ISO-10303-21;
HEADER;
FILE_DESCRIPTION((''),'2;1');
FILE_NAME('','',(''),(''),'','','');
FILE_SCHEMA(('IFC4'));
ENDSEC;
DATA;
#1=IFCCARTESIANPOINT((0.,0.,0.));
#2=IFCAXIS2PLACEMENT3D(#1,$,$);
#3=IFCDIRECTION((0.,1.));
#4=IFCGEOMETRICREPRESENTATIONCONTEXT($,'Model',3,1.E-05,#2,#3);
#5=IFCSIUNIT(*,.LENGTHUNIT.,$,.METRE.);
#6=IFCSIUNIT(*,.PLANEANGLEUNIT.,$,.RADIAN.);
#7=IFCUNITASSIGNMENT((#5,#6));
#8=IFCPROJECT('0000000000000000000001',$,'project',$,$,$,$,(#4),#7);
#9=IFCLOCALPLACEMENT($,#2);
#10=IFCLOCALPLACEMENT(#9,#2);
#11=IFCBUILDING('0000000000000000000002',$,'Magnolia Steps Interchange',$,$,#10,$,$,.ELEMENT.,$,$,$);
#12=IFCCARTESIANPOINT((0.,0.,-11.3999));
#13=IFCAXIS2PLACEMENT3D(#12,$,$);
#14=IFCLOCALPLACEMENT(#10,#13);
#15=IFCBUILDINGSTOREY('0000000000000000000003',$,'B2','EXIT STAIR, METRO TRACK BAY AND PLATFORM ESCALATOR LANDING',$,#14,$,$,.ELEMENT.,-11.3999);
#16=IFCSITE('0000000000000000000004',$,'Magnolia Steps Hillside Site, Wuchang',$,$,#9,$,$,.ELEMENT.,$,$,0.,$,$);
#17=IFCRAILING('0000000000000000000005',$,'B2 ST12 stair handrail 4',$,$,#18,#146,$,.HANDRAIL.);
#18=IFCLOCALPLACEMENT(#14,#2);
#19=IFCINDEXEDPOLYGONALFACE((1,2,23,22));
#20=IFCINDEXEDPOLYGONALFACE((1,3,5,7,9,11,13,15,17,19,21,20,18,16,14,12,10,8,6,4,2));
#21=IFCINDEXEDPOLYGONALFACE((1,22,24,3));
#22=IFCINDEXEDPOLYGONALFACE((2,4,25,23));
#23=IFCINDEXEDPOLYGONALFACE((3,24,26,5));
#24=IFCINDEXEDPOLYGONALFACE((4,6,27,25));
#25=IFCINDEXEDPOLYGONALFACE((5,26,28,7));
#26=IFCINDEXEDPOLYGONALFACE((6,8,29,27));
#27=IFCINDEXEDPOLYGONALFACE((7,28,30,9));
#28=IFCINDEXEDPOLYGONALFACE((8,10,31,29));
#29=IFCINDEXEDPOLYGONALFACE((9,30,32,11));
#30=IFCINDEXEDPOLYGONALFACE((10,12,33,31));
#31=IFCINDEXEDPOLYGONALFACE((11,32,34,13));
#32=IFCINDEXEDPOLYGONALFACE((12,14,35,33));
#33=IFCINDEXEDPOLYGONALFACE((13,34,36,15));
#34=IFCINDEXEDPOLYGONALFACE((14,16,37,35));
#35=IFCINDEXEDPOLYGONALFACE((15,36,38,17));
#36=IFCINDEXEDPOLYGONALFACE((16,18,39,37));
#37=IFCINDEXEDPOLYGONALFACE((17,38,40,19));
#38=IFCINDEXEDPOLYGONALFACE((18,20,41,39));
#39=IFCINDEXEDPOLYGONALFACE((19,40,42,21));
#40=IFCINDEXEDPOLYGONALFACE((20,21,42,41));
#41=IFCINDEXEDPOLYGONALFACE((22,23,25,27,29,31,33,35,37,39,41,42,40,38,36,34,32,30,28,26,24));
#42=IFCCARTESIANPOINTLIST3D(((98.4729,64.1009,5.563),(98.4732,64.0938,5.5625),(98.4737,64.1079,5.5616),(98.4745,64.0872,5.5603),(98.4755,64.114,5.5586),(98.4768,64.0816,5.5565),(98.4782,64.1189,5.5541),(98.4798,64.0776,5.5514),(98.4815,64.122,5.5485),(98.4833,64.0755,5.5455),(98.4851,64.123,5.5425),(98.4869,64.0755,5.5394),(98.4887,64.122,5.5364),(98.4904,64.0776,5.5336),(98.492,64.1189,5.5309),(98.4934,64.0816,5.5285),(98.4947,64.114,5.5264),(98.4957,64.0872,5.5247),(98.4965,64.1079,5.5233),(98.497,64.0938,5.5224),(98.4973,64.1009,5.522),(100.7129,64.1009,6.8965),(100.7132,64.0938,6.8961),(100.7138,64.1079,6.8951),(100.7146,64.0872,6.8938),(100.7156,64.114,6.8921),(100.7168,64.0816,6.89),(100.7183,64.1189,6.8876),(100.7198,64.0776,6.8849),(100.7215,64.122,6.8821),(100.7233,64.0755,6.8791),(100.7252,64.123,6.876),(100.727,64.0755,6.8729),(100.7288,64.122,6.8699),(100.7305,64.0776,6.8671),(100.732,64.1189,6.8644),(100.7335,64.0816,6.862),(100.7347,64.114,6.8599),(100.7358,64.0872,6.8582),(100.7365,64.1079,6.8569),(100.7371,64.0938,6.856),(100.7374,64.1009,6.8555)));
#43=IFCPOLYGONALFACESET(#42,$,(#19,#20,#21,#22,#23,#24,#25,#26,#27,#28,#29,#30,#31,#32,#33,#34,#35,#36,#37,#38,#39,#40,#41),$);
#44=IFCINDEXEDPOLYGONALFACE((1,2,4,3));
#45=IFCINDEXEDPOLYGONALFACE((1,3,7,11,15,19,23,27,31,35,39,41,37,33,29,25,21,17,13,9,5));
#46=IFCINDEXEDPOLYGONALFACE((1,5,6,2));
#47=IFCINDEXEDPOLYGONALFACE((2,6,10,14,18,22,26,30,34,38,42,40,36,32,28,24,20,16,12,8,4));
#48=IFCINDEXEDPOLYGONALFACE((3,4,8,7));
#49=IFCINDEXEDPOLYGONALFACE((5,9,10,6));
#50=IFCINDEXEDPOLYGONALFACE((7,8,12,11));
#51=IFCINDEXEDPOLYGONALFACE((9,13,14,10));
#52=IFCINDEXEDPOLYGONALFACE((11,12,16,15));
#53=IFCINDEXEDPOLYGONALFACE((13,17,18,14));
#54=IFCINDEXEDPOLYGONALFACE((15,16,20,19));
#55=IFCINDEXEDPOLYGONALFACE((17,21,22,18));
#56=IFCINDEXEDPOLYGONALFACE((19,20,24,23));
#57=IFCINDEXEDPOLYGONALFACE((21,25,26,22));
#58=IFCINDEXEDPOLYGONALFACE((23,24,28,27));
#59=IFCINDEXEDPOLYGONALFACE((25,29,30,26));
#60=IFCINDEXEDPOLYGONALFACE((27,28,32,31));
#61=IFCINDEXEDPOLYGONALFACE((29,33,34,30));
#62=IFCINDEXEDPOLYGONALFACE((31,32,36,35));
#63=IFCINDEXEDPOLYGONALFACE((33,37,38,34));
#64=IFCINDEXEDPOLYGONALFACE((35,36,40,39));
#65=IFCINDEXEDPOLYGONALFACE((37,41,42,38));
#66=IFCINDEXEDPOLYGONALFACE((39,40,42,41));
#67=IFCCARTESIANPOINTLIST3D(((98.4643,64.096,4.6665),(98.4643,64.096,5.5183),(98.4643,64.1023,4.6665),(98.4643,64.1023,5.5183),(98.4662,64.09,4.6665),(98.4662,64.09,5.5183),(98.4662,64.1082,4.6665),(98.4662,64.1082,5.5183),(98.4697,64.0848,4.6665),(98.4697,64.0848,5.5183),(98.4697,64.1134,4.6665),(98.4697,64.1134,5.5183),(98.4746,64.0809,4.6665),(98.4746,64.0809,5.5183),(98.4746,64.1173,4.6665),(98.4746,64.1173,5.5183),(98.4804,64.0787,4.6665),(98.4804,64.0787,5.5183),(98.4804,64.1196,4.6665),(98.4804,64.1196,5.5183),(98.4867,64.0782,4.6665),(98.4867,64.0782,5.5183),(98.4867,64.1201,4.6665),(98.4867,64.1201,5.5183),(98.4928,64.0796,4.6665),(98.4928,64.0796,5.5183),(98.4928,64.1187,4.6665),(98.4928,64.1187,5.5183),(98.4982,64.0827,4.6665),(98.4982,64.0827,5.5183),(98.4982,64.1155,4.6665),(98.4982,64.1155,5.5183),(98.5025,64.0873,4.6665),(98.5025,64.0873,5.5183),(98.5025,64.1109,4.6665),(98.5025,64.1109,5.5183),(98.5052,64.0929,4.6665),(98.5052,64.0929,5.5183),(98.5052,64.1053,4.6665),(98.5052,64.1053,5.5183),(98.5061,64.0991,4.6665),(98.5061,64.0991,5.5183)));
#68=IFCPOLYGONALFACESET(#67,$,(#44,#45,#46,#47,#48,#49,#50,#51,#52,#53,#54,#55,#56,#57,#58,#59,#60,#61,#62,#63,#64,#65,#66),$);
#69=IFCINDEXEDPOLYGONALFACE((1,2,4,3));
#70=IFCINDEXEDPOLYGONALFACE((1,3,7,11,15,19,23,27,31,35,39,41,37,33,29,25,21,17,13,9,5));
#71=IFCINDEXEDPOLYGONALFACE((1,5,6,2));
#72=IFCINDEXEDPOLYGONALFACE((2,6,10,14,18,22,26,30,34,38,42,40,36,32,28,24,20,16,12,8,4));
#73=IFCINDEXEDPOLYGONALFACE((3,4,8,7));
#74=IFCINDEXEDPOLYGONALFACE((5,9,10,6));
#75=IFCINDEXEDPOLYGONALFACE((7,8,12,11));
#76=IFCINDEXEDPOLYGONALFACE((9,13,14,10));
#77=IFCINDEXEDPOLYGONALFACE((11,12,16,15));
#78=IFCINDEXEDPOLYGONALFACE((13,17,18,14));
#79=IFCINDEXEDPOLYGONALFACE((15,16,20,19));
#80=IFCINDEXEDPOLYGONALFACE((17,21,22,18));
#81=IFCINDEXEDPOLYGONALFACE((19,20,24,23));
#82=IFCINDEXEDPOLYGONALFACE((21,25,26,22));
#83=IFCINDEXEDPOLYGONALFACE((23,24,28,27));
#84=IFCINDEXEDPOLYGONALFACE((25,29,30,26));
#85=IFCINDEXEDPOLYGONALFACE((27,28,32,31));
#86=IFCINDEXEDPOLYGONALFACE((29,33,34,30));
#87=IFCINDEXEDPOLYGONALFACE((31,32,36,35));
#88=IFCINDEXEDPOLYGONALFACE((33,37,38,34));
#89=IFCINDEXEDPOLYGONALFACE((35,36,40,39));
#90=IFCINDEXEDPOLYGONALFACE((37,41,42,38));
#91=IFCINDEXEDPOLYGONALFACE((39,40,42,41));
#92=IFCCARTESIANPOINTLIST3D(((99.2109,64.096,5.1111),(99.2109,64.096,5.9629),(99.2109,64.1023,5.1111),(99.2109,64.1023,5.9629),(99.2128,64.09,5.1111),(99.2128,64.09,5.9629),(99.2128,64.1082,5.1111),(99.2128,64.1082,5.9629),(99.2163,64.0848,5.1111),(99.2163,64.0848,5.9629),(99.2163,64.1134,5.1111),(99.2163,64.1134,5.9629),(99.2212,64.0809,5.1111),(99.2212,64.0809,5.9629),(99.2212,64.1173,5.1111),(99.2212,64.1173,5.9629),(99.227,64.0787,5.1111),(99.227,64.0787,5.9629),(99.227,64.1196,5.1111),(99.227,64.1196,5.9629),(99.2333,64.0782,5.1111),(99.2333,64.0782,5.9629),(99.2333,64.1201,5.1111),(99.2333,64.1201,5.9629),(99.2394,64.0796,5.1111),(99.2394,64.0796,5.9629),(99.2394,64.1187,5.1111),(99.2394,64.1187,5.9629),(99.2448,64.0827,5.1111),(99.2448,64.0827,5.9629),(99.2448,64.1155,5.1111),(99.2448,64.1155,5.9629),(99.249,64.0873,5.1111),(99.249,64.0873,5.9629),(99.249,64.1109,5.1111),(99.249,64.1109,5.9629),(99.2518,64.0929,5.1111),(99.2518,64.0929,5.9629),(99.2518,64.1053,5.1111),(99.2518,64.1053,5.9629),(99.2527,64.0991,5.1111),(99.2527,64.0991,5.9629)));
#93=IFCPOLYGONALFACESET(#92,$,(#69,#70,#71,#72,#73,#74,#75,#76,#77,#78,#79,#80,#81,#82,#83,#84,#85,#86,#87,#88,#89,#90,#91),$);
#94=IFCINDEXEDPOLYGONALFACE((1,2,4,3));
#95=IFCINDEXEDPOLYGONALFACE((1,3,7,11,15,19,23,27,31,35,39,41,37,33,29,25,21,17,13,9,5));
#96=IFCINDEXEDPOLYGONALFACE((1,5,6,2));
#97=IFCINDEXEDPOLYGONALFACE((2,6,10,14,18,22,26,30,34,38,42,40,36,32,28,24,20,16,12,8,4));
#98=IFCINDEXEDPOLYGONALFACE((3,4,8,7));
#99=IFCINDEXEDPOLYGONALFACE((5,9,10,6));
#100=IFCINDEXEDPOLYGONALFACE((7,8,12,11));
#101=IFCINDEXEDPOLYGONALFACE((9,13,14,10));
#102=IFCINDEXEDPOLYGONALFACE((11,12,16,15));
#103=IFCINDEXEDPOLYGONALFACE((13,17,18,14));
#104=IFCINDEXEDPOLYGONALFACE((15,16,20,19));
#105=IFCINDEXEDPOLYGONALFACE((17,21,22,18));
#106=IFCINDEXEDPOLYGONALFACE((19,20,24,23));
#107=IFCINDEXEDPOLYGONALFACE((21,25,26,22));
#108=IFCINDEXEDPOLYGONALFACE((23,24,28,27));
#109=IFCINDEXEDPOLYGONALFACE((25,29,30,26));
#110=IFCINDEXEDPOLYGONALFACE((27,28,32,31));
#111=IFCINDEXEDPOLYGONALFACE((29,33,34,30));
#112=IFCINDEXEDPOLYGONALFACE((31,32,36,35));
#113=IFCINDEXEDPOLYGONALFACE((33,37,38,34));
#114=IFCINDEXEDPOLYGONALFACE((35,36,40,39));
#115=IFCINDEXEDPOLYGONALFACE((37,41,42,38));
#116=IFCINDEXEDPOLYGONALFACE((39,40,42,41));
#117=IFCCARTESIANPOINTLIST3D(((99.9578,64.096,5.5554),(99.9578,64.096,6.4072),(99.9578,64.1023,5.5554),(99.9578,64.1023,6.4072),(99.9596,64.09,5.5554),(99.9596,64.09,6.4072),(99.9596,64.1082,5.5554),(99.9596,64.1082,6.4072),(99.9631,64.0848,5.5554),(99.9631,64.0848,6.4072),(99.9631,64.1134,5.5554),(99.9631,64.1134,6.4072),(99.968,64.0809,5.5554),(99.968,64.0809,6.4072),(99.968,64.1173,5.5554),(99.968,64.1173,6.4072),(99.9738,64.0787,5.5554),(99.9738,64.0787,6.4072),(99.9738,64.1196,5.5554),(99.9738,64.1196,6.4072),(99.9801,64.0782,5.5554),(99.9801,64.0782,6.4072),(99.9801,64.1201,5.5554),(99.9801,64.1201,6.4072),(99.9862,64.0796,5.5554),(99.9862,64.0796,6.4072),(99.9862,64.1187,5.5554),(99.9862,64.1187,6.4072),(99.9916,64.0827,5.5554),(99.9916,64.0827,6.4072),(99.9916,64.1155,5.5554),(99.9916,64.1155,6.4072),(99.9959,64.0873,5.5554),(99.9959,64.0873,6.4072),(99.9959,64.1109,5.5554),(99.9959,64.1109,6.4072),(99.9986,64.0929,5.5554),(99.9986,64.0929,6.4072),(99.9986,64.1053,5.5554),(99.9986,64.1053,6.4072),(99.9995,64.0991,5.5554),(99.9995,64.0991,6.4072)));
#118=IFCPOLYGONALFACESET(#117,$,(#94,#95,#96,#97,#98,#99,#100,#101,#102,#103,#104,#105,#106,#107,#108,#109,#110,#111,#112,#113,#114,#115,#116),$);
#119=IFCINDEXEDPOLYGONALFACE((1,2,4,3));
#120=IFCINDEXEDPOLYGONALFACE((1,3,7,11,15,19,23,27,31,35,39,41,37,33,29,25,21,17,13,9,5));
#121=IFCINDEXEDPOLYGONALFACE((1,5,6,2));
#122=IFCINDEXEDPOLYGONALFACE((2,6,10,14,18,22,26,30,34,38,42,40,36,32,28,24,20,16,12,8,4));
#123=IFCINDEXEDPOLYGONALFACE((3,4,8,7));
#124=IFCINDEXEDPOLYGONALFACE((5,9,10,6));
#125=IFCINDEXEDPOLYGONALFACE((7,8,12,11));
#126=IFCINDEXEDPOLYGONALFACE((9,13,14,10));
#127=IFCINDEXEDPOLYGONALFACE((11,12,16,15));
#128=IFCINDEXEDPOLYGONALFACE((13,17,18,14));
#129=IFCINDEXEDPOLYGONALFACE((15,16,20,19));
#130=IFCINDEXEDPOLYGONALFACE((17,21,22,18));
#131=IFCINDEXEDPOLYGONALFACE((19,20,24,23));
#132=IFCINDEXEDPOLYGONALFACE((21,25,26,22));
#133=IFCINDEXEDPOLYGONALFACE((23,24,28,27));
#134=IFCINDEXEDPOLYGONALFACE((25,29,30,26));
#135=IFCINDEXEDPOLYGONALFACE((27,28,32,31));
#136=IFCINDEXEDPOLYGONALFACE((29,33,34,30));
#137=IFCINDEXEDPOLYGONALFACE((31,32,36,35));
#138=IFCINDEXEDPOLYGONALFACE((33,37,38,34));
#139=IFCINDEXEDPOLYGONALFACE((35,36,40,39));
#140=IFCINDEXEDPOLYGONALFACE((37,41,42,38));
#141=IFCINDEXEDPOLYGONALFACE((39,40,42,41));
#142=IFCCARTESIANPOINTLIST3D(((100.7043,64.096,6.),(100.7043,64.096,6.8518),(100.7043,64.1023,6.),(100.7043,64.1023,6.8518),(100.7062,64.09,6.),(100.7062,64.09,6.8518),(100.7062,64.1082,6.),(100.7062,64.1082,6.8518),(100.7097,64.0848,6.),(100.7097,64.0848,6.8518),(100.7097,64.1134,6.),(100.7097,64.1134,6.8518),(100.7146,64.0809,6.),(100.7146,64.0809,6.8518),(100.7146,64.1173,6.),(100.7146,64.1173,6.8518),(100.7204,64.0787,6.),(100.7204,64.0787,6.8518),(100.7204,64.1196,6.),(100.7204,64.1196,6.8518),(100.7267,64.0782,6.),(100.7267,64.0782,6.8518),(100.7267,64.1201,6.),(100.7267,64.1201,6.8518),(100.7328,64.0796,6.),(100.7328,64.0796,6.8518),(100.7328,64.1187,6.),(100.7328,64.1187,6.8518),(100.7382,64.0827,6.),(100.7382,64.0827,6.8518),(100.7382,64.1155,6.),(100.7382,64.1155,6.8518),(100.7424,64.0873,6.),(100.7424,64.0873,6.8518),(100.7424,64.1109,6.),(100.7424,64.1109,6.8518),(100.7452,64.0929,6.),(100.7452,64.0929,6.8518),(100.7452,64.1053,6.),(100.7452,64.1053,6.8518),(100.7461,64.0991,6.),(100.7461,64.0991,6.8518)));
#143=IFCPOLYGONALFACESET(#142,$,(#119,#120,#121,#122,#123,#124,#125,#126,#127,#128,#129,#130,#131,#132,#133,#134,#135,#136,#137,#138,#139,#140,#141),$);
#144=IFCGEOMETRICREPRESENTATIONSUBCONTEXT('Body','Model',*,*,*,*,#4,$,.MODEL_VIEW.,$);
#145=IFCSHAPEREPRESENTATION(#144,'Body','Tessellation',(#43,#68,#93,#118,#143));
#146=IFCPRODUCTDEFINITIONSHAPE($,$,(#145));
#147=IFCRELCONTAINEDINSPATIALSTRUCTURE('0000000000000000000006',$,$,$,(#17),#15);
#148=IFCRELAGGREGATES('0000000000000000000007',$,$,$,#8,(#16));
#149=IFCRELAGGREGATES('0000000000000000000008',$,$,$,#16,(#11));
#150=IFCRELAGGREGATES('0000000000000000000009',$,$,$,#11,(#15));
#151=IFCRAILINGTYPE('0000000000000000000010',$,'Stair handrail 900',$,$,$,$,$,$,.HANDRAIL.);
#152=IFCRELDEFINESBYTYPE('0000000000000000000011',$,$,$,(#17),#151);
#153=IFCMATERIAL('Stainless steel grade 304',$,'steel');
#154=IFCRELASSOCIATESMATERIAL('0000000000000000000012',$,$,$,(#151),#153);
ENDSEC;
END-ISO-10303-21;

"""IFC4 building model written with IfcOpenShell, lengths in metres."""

from ifc_helpers import new_model, si_unit, direction, frame, origin, origin_2d, place, context, subcontext, project, spatial, circle, extrude, material, type_object, element, save


model = new_model("IFC4")

# Units and contexts
model_context = context("Model", 3, precision=1e-05, world=origin(), true_north=direction((0.0, 1.0)))
body_context = subcontext(model_context, "Body", "Model", "MODEL_VIEW")
ifc_project = project(units=[si_unit("LENGTHUNIT", "METRE"), si_unit("PLANEANGLEUNIT", "RADIAN")], contexts=[model_context])

# Site, building, storey
site_placement = place(None, origin())
site = spatial("IfcSite", under=ifc_project, at=site_placement, Name="Magnolia Steps Hillside Site, Wuchang", CompositionType="ELEMENT", RefElevation=0.0)
building_placement = place(site_placement, origin())
building = spatial("IfcBuilding", under=site, at=building_placement, Name="Magnolia Steps Interchange", CompositionType="ELEMENT")
storey_placement = place(building_placement, frame((0.0, 0.0, -11.3999)))
storey = spatial("IfcBuildingStorey", under=building, at=storey_placement, Name="B2", Description="EXIT STAIR, METRO TRACK BAY AND PLATFORM ESCALATOR LANDING", CompositionType="ELEMENT", Elevation=-11.3999)

# Railing
ifc_material_1 = material(Name="Stainless steel grade 304", Category="steel")
railing_type_1 = type_object("IfcRailingType", Name="Stair handrail 900", PredefinedType="HANDRAIL", material=ifc_material_1)
railing_1_placement = place(storey_placement, frame((98.4851, 64.0991, 4.6665)))
element("IfcRailing", 1, at=railing_1_placement, inside=storey, type_object=railing_type_1, Name="B2 ST12 stair handrail 4", PredefinedType="HANDRAIL", context=body_context, shape_type="SweptSolid", body=[
    extrude(circle(Radius=0.0239, at=origin_2d()), frame((0.0, 0.0, 0.876), z_axis=(0.859264, 0.0, 0.511532), x_axis=(0.0, 1.0, 0.0)), (0.0, 0.0, 1.0), 2.6069),
    extrude(circle(Radius=0.021, at=origin_2d()), origin(), (0.0, 0.0, 1.0), 0.8518),
    extrude(circle(Radius=0.021, at=origin_2d()), frame((0.7466, 0.0, 0.4446)), (0.0, 0.0, 1.0), 0.8518),
    extrude(circle(Radius=0.021, at=origin_2d()), frame((1.4934, 0.0, 0.8889)), (0.0, 0.0, 1.0), 0.8518),
    extrude(circle(Radius=0.021, at=origin_2d()), frame((2.24, 0.0, 1.3335)), (0.0, 0.0, 1.0), 0.8518),
])

save(model, "model.ifc")
